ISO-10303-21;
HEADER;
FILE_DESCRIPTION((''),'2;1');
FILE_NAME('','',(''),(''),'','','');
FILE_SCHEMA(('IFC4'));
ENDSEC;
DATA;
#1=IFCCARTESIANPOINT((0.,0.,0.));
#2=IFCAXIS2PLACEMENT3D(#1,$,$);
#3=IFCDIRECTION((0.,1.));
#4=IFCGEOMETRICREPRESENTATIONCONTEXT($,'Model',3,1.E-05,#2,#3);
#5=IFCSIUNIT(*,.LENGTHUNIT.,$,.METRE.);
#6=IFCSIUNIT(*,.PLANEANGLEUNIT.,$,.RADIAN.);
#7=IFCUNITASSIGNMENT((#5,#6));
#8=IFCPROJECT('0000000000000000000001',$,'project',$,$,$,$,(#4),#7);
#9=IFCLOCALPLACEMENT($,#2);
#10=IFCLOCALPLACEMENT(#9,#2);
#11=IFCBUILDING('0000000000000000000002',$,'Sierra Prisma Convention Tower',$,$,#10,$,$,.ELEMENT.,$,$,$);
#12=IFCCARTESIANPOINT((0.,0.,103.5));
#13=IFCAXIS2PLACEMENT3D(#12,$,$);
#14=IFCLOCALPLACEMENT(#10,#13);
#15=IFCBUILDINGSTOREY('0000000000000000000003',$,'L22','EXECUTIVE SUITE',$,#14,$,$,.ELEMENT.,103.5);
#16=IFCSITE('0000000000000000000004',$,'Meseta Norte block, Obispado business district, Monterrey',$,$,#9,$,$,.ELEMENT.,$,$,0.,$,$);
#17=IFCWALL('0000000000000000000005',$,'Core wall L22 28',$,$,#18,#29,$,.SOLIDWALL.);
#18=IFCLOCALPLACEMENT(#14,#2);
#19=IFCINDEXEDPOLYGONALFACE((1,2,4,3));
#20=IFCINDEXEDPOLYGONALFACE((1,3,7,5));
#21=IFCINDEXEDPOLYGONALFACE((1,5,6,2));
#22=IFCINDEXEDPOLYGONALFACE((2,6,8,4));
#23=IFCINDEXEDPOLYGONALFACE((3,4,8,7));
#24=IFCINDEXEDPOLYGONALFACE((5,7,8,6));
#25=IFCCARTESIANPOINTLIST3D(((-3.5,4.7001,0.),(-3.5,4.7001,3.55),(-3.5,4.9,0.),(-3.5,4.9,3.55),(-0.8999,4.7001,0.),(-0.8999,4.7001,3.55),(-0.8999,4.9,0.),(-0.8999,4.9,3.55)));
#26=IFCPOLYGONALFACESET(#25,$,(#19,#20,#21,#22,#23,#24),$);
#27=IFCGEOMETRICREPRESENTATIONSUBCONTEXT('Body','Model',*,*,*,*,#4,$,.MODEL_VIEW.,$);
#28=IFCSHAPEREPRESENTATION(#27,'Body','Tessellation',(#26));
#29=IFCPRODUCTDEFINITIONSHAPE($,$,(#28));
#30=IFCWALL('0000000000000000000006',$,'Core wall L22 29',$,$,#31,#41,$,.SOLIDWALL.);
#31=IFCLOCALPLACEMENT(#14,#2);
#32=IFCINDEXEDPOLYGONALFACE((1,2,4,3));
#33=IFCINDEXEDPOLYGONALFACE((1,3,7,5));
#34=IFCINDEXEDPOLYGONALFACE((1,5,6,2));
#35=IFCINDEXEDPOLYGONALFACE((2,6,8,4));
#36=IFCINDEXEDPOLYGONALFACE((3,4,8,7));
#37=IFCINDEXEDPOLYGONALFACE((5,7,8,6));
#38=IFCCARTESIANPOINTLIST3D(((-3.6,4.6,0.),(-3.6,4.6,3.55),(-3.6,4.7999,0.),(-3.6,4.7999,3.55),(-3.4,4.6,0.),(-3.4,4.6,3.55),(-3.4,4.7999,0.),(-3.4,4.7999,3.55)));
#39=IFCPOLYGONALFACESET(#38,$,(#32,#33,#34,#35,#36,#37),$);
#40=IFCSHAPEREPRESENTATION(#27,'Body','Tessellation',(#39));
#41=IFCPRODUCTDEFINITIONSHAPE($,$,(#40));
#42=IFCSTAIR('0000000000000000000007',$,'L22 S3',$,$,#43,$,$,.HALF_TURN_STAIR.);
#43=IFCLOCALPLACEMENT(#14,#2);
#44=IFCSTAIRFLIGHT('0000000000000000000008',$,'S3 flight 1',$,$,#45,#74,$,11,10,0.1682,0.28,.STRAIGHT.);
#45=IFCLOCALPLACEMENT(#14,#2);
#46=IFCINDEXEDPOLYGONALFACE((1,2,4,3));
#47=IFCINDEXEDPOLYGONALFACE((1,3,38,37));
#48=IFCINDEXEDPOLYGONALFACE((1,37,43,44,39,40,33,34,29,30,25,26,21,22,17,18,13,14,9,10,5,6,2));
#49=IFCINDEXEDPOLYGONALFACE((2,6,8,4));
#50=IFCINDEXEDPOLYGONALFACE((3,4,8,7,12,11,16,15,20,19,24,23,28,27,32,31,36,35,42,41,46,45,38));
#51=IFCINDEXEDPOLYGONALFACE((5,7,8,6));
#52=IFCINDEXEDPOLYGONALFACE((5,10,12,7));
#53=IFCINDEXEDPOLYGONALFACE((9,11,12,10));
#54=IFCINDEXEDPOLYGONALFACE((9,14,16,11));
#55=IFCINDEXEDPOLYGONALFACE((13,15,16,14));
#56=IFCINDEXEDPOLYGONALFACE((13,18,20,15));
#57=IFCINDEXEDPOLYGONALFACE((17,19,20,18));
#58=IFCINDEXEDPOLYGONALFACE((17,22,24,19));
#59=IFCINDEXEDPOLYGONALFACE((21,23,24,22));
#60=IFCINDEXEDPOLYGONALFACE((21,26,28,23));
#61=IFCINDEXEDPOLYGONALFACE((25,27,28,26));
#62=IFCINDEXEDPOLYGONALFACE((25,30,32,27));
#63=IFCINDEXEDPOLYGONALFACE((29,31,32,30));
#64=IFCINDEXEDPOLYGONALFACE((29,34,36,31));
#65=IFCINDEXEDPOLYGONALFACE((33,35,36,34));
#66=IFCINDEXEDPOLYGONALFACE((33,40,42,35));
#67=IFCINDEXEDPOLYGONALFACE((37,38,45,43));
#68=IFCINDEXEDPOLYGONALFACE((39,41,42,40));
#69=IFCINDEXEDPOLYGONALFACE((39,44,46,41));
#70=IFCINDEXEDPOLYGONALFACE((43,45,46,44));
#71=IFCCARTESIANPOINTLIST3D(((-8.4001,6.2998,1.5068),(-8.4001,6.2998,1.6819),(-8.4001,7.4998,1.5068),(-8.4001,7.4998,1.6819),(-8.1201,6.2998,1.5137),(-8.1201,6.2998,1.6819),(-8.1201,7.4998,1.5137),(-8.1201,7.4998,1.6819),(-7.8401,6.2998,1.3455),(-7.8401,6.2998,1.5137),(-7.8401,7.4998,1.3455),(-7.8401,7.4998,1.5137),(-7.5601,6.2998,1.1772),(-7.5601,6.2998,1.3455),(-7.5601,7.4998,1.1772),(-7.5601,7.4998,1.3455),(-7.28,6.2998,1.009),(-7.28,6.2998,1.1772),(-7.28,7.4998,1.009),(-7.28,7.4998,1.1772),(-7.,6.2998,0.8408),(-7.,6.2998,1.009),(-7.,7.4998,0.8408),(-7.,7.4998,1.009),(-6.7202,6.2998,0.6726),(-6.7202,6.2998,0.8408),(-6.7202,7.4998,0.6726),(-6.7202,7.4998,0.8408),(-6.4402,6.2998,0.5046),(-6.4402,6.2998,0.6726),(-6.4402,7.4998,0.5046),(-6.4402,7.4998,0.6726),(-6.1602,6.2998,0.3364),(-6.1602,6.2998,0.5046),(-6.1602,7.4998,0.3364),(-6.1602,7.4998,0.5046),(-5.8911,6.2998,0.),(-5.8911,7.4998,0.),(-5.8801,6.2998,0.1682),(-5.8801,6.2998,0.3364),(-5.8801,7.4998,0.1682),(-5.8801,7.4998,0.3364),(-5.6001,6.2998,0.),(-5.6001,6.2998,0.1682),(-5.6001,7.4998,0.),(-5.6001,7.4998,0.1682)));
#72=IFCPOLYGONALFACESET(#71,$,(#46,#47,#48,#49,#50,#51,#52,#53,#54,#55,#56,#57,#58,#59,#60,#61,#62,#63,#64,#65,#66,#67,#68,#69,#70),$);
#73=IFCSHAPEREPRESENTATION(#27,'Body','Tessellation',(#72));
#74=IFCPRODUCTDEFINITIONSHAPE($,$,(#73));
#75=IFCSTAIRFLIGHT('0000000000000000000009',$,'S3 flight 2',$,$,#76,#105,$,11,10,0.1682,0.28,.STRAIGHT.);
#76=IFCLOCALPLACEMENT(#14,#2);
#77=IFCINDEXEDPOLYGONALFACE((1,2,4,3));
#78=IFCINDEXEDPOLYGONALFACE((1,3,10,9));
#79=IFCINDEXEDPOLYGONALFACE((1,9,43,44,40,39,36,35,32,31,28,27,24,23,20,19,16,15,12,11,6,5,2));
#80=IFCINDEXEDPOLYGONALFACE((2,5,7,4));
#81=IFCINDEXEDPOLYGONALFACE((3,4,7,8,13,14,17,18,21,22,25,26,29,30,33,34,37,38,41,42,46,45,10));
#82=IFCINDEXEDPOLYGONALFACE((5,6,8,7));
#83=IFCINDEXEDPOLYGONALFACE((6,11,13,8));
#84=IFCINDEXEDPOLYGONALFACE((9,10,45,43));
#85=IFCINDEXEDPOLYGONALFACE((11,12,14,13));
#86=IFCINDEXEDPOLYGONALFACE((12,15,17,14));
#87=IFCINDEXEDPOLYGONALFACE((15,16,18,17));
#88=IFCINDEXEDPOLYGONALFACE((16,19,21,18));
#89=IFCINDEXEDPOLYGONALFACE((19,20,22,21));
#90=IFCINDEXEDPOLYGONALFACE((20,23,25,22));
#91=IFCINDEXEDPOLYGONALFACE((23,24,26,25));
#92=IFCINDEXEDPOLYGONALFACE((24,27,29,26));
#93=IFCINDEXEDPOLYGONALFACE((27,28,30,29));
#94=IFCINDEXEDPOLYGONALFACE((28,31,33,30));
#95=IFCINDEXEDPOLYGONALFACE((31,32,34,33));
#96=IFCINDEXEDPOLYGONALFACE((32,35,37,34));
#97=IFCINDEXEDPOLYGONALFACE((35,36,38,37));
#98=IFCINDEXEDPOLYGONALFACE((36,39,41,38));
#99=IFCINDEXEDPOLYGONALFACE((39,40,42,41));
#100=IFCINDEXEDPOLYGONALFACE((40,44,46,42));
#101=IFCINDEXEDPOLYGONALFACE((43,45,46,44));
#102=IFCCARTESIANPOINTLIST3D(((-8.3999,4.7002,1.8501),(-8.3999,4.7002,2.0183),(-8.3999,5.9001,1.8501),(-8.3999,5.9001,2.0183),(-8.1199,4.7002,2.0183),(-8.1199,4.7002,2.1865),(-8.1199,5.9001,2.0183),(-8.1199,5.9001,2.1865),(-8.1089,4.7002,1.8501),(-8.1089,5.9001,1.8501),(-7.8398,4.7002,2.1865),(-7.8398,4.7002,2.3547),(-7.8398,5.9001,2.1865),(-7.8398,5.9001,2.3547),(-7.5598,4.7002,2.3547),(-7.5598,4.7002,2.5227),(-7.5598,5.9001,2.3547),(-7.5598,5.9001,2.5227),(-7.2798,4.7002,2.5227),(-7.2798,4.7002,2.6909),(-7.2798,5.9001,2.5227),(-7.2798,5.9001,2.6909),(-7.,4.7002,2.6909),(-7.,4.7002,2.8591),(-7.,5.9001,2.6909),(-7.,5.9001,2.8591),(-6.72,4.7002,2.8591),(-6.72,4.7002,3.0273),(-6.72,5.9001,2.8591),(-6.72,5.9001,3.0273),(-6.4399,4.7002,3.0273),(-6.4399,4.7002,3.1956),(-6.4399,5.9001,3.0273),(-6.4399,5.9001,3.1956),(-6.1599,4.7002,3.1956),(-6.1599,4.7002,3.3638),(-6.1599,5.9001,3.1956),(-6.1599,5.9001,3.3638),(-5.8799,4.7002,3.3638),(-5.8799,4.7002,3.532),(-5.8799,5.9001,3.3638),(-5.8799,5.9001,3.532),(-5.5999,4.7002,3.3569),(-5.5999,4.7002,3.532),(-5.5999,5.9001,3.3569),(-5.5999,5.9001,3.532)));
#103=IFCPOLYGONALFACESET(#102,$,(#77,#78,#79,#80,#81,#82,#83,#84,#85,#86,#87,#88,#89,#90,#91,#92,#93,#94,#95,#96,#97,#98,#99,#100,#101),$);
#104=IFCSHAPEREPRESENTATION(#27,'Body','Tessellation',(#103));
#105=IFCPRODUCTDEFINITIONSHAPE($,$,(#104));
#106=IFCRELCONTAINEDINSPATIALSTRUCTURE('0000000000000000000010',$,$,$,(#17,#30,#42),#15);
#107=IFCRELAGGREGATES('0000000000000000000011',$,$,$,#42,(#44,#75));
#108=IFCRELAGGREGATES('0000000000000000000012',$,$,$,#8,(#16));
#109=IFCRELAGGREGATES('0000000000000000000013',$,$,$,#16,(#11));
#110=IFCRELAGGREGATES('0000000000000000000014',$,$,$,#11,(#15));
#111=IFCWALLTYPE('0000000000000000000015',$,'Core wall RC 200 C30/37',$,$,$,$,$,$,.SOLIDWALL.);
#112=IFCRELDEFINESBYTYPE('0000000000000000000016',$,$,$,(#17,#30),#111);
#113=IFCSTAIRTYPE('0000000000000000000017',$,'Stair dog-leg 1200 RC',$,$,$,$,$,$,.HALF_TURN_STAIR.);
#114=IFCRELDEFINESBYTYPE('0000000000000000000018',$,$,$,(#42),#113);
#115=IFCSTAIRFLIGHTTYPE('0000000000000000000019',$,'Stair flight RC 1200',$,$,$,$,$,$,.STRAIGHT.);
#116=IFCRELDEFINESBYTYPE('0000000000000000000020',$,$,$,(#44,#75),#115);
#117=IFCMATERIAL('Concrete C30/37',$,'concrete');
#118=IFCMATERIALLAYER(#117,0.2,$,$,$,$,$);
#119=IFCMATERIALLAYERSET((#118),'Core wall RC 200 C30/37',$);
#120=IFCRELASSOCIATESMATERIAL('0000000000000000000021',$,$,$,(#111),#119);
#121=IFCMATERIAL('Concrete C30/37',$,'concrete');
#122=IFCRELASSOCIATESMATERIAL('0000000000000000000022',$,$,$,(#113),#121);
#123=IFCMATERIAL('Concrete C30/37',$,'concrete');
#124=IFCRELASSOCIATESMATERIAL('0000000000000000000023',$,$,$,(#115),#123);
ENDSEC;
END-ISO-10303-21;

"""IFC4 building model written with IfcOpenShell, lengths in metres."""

from ifc_helpers import new_model, si_unit, direction, frame, frame_2d, origin, place, context, subcontext, project, spatial, polyline, rectangle, outline, extrude, material, layer, layer_set, type_object, element, aggregate, save


model = new_model("IFC4")

# Units and contexts
model_context = context("Model", 3, precision=1e-05, world=origin(), true_north=direction((0.0, 1.0)))
body_context = subcontext(model_context, "Body", "Model", "MODEL_VIEW")
ifc_project = project(units=[si_unit("LENGTHUNIT", "METRE"), si_unit("PLANEANGLEUNIT", "RADIAN")], contexts=[model_context])

# Site, building, storey
site_placement = place(None, origin())
site = spatial("IfcSite", under=ifc_project, at=site_placement, Name="Meseta Norte block, Obispado business district, Monterrey", CompositionType="ELEMENT", RefElevation=0.0)
building_placement = place(site_placement, origin())
building = spatial("IfcBuilding", under=site, at=building_placement, Name="Sierra Prisma Convention Tower", CompositionType="ELEMENT")
storey_placement = place(building_placement, frame((0.0, 0.0, 103.5)))
storey = spatial("IfcBuildingStorey", under=building, at=storey_placement, Name="L22", Description="EXECUTIVE SUITE", CompositionType="ELEMENT", Elevation=103.5)

# Shared definitions
ifc_material_1 = material(Name="Concrete C30/37", Category="concrete")
ifc_layer_1 = layer(ifc_material_1, 0.2)
ifc_layer_set_1 = layer_set([ifc_layer_1], Name="Core wall RC 200 C30/37")
wall_type = type_object("IfcWallType", Name="Core wall RC 200 C30/37", PredefinedType="SOLIDWALL", material=ifc_layer_set_1)

# Walls
wall_1_placement = place(storey_placement, frame((-0.8999, 4.8, 0.0), z_axis=(0.0, 0.0, 1.0), x_axis=(-1.0, 0.0, 0.0)))
element("IfcWall", 1, at=wall_1_placement, inside=storey, type_object=wall_type, Name="Core wall L22 28", PredefinedType="SOLIDWALL", context=body_context, shape_type="SweptSolid", body=[
    extrude(rectangle(XDim=2.6001, YDim=0.2, at=frame_2d((1.3, 0.0))), origin(), (0.0, 0.0, 1.0), 3.55),
])
wall_2_placement = place(storey_placement, frame((-3.5, 4.8, 0.0), z_axis=(0.0, 0.0, 1.0), x_axis=(0.0, -1.0, 0.0)))
element("IfcWall", 2, at=wall_2_placement, inside=storey, type_object=wall_type, Name="Core wall L22 29", PredefinedType="SOLIDWALL", context=body_context, shape_type="SweptSolid", body=[
    extrude(rectangle(XDim=0.2, YDim=0.2, at=frame_2d((0.1001, 0.0))), origin(), (0.0, 0.0, 1.0), 3.55),
])

# Stair, stair flights
ifc_material_2 = material(Name="Concrete C30/37", Category="concrete")
stair_type = type_object("IfcStairType", Name="Stair dog-leg 1200 RC", PredefinedType="HALF_TURN_STAIR", material=ifc_material_2)
stair_placement = place(storey_placement, origin())
stair = element("IfcStair", 3, at=stair_placement, inside=storey, type_object=stair_type, Name="L22 S3", PredefinedType="HALF_TURN_STAIR")
ifc_material_3 = material(Name="Concrete C30/37", Category="concrete")
stair_flight_type = type_object("IfcStairFlightType", Name="Stair flight RC 1200", PredefinedType="STRAIGHT", material=ifc_material_3)
stair_flight_1_placement = place(storey_placement, frame((-5.6001, 6.8999, 0.0), z_axis=(0.0, 0.0, 1.0), x_axis=(-1.0, 0.0, 0.0)))
stair_flight_1 = element("IfcStairFlight", 4, at=stair_flight_1_placement, type_object=stair_flight_type, Name="S3 flight 1", NumberOfRisers=11, NumberOfTreads=10, PredefinedType="STRAIGHT", RiserHeight=0.1682, TreadLength=0.28, context=body_context, shape_type="SweptSolid", body=[
    extrude(outline(polyline([(0.0, 0.0), (0.0, 0.1682), (0.28, 0.1682), (0.28, 0.3364), (0.5601, 0.3364), (0.5601, 0.5046), (0.8401, 0.5046), (0.8401, 0.6726), (1.1201, 0.6726), (1.1201, 0.8408), (1.3999, 0.8408), (1.3999, 1.009), (1.6799, 1.009), (1.6799, 1.1772), (1.96, 1.1772), (1.96, 1.3455), (2.24, 1.3455), (2.24, 1.5137), (2.52, 1.5137), (2.52, 1.6819), (2.8, 1.6819), (2.8, 1.8501), (2.8, 1.5068), (0.291, 0.0), (0.0, 0.0)])), frame((0.0, 0.6001, 0.0), z_axis=(0.0, -1.0, 0.0), x_axis=(1.0, 0.0, 0.0)), (0.0, 0.0, 1.0), 1.2),
])
stair_flight_2_placement = place(storey_placement, frame((-8.3999, 5.3, 1.8501), z_axis=(0.0, 0.0, 1.0), x_axis=(1.0, 0.0, 0.0)))
stair_flight_2 = element("IfcStairFlight", 5, at=stair_flight_2_placement, type_object=stair_flight_type, Name="S3 flight 2", NumberOfRisers=11, NumberOfTreads=10, PredefinedType="STRAIGHT", RiserHeight=0.1682, TreadLength=0.28, context=body_context, shape_type="SweptSolid", body=[
    extrude(outline(polyline([(0.0, 0.0), (0.0, 0.1682), (0.28, 0.1682), (0.28, 0.3364), (0.5601, 0.3364), (0.5601, 0.5046), (0.8401, 0.5046), (0.8401, 0.6726), (1.1201, 0.6726), (1.1201, 0.8408), (1.3999, 0.8408), (1.3999, 1.009), (1.6799, 1.009), (1.6799, 1.1772), (1.96, 1.1772), (1.96, 1.3455), (2.24, 1.3455), (2.24, 1.5137), (2.52, 1.5137), (2.52, 1.6819), (2.8, 1.6819), (2.8, 1.8501), (2.8, 1.5068), (0.291, 0.0), (0.0, 0.0)])), frame((0.0, 0.6001, 0.0), z_axis=(0.0, -1.0, 0.0), x_axis=(1.0, 0.0, 0.0)), (0.0, 0.0, 1.0), 1.2),
])
aggregate(stair, [stair_flight_1, stair_flight_2])

save(model, "model.ifc")
